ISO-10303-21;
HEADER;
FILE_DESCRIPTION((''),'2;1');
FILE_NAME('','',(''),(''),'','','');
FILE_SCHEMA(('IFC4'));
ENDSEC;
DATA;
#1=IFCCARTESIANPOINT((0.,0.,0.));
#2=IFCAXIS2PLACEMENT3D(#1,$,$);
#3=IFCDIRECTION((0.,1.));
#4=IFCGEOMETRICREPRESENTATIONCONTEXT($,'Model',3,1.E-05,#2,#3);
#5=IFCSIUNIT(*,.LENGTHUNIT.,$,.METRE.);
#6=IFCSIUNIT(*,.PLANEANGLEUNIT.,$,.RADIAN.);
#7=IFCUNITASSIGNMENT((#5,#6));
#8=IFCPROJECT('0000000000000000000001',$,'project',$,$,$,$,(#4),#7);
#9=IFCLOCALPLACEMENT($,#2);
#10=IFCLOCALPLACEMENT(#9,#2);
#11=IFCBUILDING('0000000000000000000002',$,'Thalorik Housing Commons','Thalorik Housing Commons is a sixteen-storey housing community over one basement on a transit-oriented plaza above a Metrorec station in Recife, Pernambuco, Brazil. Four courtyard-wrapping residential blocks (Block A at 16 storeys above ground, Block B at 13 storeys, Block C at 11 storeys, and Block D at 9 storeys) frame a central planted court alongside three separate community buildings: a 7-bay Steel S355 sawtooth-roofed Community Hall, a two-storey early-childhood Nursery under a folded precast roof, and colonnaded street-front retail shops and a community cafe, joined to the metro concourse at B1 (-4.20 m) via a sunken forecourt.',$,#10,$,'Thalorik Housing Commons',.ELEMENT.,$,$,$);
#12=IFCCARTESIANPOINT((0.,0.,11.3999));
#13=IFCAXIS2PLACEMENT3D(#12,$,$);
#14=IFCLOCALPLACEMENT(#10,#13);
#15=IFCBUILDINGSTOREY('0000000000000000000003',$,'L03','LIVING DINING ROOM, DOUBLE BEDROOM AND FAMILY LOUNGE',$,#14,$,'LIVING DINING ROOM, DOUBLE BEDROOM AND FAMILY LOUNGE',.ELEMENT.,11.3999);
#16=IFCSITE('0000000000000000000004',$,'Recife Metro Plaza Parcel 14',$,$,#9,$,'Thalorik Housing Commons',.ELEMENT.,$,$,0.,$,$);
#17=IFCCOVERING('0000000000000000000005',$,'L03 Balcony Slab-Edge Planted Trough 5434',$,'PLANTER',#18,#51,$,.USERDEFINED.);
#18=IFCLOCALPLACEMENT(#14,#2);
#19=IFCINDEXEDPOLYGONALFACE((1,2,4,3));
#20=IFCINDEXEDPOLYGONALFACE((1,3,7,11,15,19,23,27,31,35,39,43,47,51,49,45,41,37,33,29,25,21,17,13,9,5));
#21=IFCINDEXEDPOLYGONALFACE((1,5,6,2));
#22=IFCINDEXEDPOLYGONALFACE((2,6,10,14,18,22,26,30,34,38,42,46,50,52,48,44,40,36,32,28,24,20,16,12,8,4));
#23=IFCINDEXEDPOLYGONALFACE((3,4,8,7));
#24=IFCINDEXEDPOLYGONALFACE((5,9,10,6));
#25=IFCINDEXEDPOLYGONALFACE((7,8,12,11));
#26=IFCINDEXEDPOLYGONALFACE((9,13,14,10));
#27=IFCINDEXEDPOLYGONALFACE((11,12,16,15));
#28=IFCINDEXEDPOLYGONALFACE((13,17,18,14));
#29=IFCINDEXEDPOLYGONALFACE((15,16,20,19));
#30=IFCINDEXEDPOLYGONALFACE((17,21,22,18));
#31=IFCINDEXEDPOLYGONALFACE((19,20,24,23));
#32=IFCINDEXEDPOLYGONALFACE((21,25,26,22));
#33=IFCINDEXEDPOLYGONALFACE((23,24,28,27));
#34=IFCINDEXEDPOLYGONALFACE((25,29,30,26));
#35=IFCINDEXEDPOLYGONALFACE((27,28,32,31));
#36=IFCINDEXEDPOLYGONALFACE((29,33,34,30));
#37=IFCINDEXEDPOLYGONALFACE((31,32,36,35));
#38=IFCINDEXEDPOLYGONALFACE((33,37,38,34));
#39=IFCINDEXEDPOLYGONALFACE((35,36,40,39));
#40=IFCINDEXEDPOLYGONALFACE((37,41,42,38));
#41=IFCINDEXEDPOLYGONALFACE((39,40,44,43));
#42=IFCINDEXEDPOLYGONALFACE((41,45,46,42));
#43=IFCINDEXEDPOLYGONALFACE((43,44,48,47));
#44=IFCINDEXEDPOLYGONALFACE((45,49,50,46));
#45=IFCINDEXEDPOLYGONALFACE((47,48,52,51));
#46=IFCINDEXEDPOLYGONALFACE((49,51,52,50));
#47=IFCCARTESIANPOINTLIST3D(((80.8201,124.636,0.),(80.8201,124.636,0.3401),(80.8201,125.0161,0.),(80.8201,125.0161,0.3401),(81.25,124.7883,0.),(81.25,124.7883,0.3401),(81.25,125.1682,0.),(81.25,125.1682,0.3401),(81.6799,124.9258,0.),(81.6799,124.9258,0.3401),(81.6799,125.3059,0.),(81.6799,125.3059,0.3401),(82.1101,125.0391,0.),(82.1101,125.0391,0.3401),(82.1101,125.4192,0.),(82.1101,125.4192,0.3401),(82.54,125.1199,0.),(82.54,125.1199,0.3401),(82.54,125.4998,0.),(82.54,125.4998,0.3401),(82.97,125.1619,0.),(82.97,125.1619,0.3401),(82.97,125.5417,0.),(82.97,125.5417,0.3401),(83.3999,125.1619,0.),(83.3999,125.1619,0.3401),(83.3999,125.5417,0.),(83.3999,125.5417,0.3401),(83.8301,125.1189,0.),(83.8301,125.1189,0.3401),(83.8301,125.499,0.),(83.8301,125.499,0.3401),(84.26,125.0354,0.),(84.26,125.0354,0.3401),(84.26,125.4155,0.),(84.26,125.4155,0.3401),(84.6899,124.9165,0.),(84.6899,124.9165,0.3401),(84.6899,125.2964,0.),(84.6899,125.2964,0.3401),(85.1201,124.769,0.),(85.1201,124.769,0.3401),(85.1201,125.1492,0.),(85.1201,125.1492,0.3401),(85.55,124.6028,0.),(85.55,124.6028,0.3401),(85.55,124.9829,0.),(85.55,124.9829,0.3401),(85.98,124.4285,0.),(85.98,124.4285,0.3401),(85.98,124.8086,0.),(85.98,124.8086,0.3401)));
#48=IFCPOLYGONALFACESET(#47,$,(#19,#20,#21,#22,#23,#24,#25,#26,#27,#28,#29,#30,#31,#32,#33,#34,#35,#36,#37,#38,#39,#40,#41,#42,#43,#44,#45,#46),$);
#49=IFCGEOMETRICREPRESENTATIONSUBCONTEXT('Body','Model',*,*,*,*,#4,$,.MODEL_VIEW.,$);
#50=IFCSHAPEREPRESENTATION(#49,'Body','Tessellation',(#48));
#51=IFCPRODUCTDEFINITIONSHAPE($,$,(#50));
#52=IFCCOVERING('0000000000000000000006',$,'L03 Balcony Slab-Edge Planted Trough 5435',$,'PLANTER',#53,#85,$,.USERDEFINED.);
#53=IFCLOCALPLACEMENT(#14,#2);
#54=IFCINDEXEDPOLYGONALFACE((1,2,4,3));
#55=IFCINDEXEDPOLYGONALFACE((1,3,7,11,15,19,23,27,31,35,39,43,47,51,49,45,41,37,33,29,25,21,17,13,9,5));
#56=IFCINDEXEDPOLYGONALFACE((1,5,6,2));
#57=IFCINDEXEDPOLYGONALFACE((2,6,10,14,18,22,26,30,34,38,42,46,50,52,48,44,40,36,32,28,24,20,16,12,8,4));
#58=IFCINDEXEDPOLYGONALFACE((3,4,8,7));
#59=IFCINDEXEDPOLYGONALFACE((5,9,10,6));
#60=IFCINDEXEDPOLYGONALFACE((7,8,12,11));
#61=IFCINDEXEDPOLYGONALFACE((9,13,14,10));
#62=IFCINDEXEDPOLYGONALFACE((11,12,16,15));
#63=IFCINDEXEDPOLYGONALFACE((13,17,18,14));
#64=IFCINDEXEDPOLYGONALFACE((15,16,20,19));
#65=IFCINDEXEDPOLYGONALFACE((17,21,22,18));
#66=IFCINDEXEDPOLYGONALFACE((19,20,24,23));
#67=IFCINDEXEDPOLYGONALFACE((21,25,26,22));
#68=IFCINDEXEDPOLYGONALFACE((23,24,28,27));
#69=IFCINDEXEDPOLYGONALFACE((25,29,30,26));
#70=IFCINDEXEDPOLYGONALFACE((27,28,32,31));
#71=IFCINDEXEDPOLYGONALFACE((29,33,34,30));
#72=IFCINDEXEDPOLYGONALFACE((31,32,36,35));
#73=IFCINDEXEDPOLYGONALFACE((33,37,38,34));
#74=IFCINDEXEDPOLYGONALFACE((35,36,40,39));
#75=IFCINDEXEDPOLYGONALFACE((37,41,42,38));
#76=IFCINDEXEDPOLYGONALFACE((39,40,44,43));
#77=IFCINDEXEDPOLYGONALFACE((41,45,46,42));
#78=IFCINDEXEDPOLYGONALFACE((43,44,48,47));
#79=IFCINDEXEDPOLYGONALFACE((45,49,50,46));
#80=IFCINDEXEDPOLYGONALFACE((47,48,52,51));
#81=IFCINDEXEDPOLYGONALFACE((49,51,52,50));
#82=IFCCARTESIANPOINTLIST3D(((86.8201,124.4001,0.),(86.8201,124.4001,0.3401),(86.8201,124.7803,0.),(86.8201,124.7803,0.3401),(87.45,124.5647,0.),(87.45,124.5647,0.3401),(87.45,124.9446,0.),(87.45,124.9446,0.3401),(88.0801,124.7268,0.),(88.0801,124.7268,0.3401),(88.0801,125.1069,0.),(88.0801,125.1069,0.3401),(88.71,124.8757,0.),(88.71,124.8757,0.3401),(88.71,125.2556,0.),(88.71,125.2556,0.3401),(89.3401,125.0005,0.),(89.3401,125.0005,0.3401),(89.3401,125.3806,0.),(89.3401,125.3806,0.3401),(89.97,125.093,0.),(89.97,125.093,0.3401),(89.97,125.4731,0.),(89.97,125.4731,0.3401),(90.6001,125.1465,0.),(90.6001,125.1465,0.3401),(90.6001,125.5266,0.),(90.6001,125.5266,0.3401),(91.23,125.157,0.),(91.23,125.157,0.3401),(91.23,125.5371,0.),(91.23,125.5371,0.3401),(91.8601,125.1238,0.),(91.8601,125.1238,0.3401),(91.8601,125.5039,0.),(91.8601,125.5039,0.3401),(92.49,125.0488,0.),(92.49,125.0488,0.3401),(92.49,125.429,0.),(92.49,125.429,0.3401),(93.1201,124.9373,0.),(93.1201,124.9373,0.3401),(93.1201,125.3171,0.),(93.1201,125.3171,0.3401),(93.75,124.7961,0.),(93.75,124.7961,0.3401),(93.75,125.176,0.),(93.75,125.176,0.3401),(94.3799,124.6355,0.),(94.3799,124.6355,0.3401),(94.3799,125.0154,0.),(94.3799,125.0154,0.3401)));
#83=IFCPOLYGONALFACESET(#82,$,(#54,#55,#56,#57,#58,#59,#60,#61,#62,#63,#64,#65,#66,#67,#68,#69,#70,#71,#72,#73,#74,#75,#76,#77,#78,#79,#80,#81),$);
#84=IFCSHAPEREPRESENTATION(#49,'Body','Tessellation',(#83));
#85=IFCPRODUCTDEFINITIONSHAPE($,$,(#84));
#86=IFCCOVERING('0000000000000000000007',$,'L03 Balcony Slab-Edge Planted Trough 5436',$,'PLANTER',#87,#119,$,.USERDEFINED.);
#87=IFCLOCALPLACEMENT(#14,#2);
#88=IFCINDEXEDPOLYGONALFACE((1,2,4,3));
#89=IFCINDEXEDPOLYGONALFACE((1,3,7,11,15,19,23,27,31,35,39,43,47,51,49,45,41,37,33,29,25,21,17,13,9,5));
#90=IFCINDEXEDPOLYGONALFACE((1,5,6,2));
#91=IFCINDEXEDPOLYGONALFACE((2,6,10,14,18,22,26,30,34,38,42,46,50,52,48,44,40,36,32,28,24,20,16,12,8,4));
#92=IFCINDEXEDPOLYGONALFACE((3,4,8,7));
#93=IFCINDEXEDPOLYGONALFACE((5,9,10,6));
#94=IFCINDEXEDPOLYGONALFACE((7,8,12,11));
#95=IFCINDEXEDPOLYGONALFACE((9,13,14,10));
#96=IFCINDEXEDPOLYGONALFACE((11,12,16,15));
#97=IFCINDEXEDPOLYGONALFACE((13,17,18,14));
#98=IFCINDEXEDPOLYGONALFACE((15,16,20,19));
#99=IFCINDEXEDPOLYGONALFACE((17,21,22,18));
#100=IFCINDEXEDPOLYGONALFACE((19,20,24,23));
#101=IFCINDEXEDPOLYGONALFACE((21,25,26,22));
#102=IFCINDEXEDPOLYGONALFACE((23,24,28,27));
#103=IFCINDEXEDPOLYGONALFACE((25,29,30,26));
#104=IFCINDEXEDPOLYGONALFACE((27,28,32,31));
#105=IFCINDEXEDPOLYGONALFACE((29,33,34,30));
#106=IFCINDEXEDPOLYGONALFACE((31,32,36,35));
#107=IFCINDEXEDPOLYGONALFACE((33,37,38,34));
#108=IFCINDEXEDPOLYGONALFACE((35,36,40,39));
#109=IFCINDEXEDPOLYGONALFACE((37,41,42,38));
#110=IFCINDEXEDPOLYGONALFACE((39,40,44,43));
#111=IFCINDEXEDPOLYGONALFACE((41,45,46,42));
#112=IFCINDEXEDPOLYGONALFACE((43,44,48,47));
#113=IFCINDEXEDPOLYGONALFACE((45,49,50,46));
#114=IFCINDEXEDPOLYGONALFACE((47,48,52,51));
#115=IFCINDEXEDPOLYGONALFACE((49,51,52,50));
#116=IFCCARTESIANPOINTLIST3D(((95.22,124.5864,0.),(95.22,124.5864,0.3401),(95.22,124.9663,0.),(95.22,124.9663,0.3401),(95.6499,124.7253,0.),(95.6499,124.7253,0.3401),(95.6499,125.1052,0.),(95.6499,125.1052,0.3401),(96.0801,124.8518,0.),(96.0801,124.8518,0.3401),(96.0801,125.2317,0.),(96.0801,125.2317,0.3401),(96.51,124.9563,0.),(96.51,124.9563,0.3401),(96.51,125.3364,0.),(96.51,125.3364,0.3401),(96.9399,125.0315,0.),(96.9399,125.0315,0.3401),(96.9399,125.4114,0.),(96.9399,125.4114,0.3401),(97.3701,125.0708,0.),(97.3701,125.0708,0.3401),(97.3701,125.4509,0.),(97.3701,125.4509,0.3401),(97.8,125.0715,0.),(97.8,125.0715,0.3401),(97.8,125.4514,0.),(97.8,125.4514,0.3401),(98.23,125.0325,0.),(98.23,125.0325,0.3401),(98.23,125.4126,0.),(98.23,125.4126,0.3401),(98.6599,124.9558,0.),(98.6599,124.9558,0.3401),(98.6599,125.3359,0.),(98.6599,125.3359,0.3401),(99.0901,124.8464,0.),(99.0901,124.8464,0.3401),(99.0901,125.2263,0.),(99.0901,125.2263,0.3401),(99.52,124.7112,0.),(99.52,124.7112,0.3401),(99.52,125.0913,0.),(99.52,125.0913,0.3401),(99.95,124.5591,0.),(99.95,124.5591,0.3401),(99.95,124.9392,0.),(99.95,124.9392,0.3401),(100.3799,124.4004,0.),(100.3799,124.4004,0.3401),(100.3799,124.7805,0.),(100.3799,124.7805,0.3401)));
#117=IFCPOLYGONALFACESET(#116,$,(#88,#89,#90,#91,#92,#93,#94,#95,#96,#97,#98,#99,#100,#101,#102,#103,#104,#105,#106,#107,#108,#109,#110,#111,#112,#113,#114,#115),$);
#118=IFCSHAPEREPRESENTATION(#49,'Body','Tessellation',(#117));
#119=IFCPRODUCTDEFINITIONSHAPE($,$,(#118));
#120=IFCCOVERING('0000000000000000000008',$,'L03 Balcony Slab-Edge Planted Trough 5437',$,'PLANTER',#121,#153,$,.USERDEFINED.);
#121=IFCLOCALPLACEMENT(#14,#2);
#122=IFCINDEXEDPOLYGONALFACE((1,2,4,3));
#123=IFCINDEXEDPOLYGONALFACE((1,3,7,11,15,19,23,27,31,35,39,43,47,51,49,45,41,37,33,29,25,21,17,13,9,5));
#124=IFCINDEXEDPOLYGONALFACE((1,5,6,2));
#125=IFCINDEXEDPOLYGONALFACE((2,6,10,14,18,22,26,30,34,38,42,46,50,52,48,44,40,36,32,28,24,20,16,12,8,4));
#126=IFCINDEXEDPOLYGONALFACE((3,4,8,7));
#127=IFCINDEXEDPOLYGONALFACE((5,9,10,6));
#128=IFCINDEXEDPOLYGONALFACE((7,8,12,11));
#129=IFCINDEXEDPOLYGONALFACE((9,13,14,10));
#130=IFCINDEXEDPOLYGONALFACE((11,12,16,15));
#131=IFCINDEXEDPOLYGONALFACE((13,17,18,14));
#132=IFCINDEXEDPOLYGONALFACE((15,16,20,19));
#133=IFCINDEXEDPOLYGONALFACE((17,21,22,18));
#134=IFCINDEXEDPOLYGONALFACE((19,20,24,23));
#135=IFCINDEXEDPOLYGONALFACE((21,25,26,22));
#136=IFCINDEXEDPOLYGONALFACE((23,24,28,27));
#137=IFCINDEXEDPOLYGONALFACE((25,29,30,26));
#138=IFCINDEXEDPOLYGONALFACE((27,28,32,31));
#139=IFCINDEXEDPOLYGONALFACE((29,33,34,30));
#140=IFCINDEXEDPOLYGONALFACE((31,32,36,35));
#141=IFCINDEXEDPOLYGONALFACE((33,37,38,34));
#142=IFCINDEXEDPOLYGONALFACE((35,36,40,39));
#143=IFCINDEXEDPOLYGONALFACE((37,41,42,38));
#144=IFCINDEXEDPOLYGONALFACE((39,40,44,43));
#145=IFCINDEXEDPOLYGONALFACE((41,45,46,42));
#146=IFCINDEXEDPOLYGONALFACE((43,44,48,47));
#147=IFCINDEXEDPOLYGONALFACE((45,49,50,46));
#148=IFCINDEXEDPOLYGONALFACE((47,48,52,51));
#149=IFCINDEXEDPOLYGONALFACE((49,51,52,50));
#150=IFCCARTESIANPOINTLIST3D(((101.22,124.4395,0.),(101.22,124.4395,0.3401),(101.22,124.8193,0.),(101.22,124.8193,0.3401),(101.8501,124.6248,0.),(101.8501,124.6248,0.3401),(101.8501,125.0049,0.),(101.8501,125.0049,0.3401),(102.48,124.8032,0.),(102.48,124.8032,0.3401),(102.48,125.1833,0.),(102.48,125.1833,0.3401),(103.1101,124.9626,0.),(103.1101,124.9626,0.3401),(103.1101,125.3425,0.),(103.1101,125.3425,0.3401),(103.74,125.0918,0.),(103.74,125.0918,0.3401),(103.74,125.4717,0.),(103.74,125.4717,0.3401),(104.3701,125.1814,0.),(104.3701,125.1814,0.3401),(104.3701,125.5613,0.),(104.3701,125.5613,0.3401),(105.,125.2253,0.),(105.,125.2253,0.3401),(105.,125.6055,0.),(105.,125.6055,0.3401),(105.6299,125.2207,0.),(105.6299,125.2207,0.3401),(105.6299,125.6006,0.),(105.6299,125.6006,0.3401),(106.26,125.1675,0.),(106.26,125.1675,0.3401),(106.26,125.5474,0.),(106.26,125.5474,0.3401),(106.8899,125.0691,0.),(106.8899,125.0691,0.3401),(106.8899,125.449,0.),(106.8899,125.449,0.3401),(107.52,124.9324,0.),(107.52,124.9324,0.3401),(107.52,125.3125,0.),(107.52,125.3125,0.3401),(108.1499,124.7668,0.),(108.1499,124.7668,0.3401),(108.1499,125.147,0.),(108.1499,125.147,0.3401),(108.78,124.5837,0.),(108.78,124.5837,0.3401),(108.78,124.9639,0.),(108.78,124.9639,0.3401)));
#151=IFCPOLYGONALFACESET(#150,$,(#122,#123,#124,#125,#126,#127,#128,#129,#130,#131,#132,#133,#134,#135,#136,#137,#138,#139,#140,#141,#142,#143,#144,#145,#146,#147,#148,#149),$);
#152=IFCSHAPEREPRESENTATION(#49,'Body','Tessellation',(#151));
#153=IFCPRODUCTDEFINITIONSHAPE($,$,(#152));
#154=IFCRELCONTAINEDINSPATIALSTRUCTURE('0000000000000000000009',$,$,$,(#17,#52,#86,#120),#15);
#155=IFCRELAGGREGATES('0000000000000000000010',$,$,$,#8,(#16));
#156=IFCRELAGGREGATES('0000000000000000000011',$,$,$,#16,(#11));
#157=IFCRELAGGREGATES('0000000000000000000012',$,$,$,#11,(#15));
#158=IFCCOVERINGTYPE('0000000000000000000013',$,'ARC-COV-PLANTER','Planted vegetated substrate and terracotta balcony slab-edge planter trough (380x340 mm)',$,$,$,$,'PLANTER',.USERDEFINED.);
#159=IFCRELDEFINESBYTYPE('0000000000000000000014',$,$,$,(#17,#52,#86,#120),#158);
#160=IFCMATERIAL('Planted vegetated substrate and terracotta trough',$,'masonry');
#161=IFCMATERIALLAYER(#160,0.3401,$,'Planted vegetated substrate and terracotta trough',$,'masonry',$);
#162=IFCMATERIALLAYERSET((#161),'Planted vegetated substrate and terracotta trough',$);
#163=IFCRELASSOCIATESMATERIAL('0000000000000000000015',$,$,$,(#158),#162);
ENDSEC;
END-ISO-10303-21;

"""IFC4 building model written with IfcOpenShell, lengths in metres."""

from ifc_helpers import new_model, si_unit, direction, frame, origin, place, context, subcontext, project, spatial, polyline, outline, extrude, material, layer, layer_set, type_object, element, save


model = new_model("IFC4")

# Units and contexts
model_context = context("Model", 3, precision=1e-05, world=origin(), true_north=direction((0.0, 1.0)))
body_context = subcontext(model_context, "Body", "Model", "MODEL_VIEW")
ifc_project = project(units=[si_unit("LENGTHUNIT", "METRE"), si_unit("PLANEANGLEUNIT", "RADIAN")], contexts=[model_context])

# Site, building, storey
site_placement = place(None, origin())
site = spatial("IfcSite", under=ifc_project, at=site_placement, Name="Recife Metro Plaza Parcel 14", LongName="Thalorik Housing Commons", CompositionType="ELEMENT", RefElevation=0.0)
building_placement = place(site_placement, origin())
building = spatial("IfcBuilding", under=site, at=building_placement, Name="Thalorik Housing Commons", Description="Thalorik Housing Commons is a sixteen-storey housing community over one basement on a transit-oriented plaza above a Metrorec station in Recife, Pernambuco, Brazil. Four courtyard-wrapping residential blocks (Block A at 16 storeys above ground, Block B at 13 storeys, Block C at 11 storeys, and Block D at 9 storeys) frame a central planted court alongside three separate community buildings: a 7-bay Steel S355 sawtooth-roofed Community Hall, a two-storey early-childhood Nursery under a folded precast roof, and colonnaded street-front retail shops and a community cafe, joined to the metro concourse at B1 (-4.20 m) via a sunken forecourt.", LongName="Thalorik Housing Commons", CompositionType="ELEMENT")
storey_placement = place(building_placement, frame((0.0, 0.0, 11.3999)))
storey = spatial("IfcBuildingStorey", under=building, at=storey_placement, Name="L03", Description="LIVING DINING ROOM, DOUBLE BEDROOM AND FAMILY LOUNGE", LongName="LIVING DINING ROOM, DOUBLE BEDROOM AND FAMILY LOUNGE", CompositionType="ELEMENT", Elevation=11.3999)

# Coverings
ifc_material = material(Name="Planted vegetated substrate and terracotta trough", Category="masonry")
ifc_layer = layer(ifc_material, 0.3401, Name="Planted vegetated substrate and terracotta trough", Category="masonry")
ifc_layer_set = layer_set([ifc_layer], Name="Planted vegetated substrate and terracotta trough")
covering_type = type_object("IfcCoveringType", Name="ARC-COV-PLANTER", Description="Planted vegetated substrate and terracotta balcony slab-edge planter trough (380x340 mm)", ElementType="PLANTER", PredefinedType="USERDEFINED", material=ifc_layer_set)
covering_1_placement = place(storey_placement, origin())
element("IfcCovering", 1, at=covering_1_placement, inside=storey, type_object=covering_type, Name="L03 Balcony Slab-Edge Planted Trough 5434", ObjectType="PLANTER", PredefinedType="USERDEFINED", context=body_context, shape_type="SweptSolid", body=[
    extrude(outline(polyline([(85.98, 124.8086), (85.55, 124.9829), (85.1201, 125.1492), (84.6899, 125.2964), (84.26, 125.4155), (83.8301, 125.499), (83.3999, 125.5417), (82.97, 125.5417), (82.54, 125.4998), (82.1101, 125.4192), (81.6799, 125.3059), (81.25, 125.1682), (80.8201, 125.0161), (80.8201, 124.636), (81.25, 124.7883), (81.6799, 124.9258), (82.1101, 125.0391), (82.54, 125.1199), (82.97, 125.1619), (83.3999, 125.1619), (83.8301, 125.1189), (84.26, 125.0354), (84.6899, 124.9165), (85.1201, 124.769), (85.55, 124.6028), (85.98, 124.4285), (85.98, 124.8086)])), origin(), (0.0, 0.0, 1.0), 0.3401),
])
covering_2_placement = place(storey_placement, origin())
element("IfcCovering", 2, at=covering_2_placement, inside=storey, type_object=covering_type, Name="L03 Balcony Slab-Edge Planted Trough 5435", ObjectType="PLANTER", PredefinedType="USERDEFINED", context=body_context, shape_type="SweptSolid", body=[
    extrude(outline(polyline([(94.3799, 125.0154), (93.75, 125.176), (93.1201, 125.3171), (92.49, 125.429), (91.8601, 125.5039), (91.23, 125.5371), (90.6001, 125.5266), (89.97, 125.4731), (89.3401, 125.3806), (88.71, 125.2556), (88.0801, 125.1069), (87.45, 124.9446), (86.8201, 124.7803), (86.8201, 124.4001), (87.45, 124.5647), (88.0801, 124.7268), (88.71, 124.8757), (89.3401, 125.0005), (89.97, 125.093), (90.6001, 125.1465), (91.23, 125.157), (91.8601, 125.1238), (92.49, 125.0488), (93.1201, 124.9373), (93.75, 124.7961), (94.3799, 124.6355), (94.3799, 125.0154)])), origin(), (0.0, 0.0, 1.0), 0.3401),
])
covering_3_placement = place(storey_placement, origin())
element("IfcCovering", 3, at=covering_3_placement, inside=storey, type_object=covering_type, Name="L03 Balcony Slab-Edge Planted Trough 5436", ObjectType="PLANTER", PredefinedType="USERDEFINED", context=body_context, shape_type="SweptSolid", body=[
    extrude(outline(polyline([(100.3799, 124.7805), (99.95, 124.9392), (99.52, 125.0913), (99.0901, 125.2263), (98.6599, 125.3359), (98.23, 125.4126), (97.8, 125.4514), (97.3701, 125.4509), (96.9399, 125.4114), (96.51, 125.3364), (96.0801, 125.2317), (95.6499, 125.1052), (95.22, 124.9663), (95.22, 124.5864), (95.6499, 124.7253), (96.0801, 124.8518), (96.51, 124.9563), (96.9399, 125.0315), (97.3701, 125.0708), (97.8, 125.0715), (98.23, 125.0325), (98.6599, 124.9558), (99.0901, 124.8464), (99.52, 124.7112), (99.95, 124.5591), (100.3799, 124.4004), (100.3799, 124.7805)])), origin(), (0.0, 0.0, 1.0), 0.3401),
])
covering_4_placement = place(storey_placement, origin())
element("IfcCovering", 4, at=covering_4_placement, inside=storey, type_object=covering_type, Name="L03 Balcony Slab-Edge Planted Trough 5437", ObjectType="PLANTER", PredefinedType="USERDEFINED", context=body_context, shape_type="SweptSolid", body=[
    extrude(outline(polyline([(108.78, 124.9639), (108.1499, 125.147), (107.52, 125.3125), (106.8899, 125.449), (106.26, 125.5474), (105.6299, 125.6006), (105.0, 125.6055), (104.3701, 125.5613), (103.74, 125.4717), (103.1101, 125.3425), (102.48, 125.1833), (101.8501, 125.0049), (101.22, 124.8193), (101.22, 124.4395), (101.8501, 124.6248), (102.48, 124.8032), (103.1101, 124.9626), (103.74, 125.0918), (104.3701, 125.1814), (105.0, 125.2253), (105.6299, 125.2207), (106.26, 125.1675), (106.8899, 125.0691), (107.52, 124.9324), (108.1499, 124.7668), (108.78, 124.5837), (108.78, 124.9639)])), origin(), (0.0, 0.0, 1.0), 0.3401),
])

save(model, "model.ifc")
